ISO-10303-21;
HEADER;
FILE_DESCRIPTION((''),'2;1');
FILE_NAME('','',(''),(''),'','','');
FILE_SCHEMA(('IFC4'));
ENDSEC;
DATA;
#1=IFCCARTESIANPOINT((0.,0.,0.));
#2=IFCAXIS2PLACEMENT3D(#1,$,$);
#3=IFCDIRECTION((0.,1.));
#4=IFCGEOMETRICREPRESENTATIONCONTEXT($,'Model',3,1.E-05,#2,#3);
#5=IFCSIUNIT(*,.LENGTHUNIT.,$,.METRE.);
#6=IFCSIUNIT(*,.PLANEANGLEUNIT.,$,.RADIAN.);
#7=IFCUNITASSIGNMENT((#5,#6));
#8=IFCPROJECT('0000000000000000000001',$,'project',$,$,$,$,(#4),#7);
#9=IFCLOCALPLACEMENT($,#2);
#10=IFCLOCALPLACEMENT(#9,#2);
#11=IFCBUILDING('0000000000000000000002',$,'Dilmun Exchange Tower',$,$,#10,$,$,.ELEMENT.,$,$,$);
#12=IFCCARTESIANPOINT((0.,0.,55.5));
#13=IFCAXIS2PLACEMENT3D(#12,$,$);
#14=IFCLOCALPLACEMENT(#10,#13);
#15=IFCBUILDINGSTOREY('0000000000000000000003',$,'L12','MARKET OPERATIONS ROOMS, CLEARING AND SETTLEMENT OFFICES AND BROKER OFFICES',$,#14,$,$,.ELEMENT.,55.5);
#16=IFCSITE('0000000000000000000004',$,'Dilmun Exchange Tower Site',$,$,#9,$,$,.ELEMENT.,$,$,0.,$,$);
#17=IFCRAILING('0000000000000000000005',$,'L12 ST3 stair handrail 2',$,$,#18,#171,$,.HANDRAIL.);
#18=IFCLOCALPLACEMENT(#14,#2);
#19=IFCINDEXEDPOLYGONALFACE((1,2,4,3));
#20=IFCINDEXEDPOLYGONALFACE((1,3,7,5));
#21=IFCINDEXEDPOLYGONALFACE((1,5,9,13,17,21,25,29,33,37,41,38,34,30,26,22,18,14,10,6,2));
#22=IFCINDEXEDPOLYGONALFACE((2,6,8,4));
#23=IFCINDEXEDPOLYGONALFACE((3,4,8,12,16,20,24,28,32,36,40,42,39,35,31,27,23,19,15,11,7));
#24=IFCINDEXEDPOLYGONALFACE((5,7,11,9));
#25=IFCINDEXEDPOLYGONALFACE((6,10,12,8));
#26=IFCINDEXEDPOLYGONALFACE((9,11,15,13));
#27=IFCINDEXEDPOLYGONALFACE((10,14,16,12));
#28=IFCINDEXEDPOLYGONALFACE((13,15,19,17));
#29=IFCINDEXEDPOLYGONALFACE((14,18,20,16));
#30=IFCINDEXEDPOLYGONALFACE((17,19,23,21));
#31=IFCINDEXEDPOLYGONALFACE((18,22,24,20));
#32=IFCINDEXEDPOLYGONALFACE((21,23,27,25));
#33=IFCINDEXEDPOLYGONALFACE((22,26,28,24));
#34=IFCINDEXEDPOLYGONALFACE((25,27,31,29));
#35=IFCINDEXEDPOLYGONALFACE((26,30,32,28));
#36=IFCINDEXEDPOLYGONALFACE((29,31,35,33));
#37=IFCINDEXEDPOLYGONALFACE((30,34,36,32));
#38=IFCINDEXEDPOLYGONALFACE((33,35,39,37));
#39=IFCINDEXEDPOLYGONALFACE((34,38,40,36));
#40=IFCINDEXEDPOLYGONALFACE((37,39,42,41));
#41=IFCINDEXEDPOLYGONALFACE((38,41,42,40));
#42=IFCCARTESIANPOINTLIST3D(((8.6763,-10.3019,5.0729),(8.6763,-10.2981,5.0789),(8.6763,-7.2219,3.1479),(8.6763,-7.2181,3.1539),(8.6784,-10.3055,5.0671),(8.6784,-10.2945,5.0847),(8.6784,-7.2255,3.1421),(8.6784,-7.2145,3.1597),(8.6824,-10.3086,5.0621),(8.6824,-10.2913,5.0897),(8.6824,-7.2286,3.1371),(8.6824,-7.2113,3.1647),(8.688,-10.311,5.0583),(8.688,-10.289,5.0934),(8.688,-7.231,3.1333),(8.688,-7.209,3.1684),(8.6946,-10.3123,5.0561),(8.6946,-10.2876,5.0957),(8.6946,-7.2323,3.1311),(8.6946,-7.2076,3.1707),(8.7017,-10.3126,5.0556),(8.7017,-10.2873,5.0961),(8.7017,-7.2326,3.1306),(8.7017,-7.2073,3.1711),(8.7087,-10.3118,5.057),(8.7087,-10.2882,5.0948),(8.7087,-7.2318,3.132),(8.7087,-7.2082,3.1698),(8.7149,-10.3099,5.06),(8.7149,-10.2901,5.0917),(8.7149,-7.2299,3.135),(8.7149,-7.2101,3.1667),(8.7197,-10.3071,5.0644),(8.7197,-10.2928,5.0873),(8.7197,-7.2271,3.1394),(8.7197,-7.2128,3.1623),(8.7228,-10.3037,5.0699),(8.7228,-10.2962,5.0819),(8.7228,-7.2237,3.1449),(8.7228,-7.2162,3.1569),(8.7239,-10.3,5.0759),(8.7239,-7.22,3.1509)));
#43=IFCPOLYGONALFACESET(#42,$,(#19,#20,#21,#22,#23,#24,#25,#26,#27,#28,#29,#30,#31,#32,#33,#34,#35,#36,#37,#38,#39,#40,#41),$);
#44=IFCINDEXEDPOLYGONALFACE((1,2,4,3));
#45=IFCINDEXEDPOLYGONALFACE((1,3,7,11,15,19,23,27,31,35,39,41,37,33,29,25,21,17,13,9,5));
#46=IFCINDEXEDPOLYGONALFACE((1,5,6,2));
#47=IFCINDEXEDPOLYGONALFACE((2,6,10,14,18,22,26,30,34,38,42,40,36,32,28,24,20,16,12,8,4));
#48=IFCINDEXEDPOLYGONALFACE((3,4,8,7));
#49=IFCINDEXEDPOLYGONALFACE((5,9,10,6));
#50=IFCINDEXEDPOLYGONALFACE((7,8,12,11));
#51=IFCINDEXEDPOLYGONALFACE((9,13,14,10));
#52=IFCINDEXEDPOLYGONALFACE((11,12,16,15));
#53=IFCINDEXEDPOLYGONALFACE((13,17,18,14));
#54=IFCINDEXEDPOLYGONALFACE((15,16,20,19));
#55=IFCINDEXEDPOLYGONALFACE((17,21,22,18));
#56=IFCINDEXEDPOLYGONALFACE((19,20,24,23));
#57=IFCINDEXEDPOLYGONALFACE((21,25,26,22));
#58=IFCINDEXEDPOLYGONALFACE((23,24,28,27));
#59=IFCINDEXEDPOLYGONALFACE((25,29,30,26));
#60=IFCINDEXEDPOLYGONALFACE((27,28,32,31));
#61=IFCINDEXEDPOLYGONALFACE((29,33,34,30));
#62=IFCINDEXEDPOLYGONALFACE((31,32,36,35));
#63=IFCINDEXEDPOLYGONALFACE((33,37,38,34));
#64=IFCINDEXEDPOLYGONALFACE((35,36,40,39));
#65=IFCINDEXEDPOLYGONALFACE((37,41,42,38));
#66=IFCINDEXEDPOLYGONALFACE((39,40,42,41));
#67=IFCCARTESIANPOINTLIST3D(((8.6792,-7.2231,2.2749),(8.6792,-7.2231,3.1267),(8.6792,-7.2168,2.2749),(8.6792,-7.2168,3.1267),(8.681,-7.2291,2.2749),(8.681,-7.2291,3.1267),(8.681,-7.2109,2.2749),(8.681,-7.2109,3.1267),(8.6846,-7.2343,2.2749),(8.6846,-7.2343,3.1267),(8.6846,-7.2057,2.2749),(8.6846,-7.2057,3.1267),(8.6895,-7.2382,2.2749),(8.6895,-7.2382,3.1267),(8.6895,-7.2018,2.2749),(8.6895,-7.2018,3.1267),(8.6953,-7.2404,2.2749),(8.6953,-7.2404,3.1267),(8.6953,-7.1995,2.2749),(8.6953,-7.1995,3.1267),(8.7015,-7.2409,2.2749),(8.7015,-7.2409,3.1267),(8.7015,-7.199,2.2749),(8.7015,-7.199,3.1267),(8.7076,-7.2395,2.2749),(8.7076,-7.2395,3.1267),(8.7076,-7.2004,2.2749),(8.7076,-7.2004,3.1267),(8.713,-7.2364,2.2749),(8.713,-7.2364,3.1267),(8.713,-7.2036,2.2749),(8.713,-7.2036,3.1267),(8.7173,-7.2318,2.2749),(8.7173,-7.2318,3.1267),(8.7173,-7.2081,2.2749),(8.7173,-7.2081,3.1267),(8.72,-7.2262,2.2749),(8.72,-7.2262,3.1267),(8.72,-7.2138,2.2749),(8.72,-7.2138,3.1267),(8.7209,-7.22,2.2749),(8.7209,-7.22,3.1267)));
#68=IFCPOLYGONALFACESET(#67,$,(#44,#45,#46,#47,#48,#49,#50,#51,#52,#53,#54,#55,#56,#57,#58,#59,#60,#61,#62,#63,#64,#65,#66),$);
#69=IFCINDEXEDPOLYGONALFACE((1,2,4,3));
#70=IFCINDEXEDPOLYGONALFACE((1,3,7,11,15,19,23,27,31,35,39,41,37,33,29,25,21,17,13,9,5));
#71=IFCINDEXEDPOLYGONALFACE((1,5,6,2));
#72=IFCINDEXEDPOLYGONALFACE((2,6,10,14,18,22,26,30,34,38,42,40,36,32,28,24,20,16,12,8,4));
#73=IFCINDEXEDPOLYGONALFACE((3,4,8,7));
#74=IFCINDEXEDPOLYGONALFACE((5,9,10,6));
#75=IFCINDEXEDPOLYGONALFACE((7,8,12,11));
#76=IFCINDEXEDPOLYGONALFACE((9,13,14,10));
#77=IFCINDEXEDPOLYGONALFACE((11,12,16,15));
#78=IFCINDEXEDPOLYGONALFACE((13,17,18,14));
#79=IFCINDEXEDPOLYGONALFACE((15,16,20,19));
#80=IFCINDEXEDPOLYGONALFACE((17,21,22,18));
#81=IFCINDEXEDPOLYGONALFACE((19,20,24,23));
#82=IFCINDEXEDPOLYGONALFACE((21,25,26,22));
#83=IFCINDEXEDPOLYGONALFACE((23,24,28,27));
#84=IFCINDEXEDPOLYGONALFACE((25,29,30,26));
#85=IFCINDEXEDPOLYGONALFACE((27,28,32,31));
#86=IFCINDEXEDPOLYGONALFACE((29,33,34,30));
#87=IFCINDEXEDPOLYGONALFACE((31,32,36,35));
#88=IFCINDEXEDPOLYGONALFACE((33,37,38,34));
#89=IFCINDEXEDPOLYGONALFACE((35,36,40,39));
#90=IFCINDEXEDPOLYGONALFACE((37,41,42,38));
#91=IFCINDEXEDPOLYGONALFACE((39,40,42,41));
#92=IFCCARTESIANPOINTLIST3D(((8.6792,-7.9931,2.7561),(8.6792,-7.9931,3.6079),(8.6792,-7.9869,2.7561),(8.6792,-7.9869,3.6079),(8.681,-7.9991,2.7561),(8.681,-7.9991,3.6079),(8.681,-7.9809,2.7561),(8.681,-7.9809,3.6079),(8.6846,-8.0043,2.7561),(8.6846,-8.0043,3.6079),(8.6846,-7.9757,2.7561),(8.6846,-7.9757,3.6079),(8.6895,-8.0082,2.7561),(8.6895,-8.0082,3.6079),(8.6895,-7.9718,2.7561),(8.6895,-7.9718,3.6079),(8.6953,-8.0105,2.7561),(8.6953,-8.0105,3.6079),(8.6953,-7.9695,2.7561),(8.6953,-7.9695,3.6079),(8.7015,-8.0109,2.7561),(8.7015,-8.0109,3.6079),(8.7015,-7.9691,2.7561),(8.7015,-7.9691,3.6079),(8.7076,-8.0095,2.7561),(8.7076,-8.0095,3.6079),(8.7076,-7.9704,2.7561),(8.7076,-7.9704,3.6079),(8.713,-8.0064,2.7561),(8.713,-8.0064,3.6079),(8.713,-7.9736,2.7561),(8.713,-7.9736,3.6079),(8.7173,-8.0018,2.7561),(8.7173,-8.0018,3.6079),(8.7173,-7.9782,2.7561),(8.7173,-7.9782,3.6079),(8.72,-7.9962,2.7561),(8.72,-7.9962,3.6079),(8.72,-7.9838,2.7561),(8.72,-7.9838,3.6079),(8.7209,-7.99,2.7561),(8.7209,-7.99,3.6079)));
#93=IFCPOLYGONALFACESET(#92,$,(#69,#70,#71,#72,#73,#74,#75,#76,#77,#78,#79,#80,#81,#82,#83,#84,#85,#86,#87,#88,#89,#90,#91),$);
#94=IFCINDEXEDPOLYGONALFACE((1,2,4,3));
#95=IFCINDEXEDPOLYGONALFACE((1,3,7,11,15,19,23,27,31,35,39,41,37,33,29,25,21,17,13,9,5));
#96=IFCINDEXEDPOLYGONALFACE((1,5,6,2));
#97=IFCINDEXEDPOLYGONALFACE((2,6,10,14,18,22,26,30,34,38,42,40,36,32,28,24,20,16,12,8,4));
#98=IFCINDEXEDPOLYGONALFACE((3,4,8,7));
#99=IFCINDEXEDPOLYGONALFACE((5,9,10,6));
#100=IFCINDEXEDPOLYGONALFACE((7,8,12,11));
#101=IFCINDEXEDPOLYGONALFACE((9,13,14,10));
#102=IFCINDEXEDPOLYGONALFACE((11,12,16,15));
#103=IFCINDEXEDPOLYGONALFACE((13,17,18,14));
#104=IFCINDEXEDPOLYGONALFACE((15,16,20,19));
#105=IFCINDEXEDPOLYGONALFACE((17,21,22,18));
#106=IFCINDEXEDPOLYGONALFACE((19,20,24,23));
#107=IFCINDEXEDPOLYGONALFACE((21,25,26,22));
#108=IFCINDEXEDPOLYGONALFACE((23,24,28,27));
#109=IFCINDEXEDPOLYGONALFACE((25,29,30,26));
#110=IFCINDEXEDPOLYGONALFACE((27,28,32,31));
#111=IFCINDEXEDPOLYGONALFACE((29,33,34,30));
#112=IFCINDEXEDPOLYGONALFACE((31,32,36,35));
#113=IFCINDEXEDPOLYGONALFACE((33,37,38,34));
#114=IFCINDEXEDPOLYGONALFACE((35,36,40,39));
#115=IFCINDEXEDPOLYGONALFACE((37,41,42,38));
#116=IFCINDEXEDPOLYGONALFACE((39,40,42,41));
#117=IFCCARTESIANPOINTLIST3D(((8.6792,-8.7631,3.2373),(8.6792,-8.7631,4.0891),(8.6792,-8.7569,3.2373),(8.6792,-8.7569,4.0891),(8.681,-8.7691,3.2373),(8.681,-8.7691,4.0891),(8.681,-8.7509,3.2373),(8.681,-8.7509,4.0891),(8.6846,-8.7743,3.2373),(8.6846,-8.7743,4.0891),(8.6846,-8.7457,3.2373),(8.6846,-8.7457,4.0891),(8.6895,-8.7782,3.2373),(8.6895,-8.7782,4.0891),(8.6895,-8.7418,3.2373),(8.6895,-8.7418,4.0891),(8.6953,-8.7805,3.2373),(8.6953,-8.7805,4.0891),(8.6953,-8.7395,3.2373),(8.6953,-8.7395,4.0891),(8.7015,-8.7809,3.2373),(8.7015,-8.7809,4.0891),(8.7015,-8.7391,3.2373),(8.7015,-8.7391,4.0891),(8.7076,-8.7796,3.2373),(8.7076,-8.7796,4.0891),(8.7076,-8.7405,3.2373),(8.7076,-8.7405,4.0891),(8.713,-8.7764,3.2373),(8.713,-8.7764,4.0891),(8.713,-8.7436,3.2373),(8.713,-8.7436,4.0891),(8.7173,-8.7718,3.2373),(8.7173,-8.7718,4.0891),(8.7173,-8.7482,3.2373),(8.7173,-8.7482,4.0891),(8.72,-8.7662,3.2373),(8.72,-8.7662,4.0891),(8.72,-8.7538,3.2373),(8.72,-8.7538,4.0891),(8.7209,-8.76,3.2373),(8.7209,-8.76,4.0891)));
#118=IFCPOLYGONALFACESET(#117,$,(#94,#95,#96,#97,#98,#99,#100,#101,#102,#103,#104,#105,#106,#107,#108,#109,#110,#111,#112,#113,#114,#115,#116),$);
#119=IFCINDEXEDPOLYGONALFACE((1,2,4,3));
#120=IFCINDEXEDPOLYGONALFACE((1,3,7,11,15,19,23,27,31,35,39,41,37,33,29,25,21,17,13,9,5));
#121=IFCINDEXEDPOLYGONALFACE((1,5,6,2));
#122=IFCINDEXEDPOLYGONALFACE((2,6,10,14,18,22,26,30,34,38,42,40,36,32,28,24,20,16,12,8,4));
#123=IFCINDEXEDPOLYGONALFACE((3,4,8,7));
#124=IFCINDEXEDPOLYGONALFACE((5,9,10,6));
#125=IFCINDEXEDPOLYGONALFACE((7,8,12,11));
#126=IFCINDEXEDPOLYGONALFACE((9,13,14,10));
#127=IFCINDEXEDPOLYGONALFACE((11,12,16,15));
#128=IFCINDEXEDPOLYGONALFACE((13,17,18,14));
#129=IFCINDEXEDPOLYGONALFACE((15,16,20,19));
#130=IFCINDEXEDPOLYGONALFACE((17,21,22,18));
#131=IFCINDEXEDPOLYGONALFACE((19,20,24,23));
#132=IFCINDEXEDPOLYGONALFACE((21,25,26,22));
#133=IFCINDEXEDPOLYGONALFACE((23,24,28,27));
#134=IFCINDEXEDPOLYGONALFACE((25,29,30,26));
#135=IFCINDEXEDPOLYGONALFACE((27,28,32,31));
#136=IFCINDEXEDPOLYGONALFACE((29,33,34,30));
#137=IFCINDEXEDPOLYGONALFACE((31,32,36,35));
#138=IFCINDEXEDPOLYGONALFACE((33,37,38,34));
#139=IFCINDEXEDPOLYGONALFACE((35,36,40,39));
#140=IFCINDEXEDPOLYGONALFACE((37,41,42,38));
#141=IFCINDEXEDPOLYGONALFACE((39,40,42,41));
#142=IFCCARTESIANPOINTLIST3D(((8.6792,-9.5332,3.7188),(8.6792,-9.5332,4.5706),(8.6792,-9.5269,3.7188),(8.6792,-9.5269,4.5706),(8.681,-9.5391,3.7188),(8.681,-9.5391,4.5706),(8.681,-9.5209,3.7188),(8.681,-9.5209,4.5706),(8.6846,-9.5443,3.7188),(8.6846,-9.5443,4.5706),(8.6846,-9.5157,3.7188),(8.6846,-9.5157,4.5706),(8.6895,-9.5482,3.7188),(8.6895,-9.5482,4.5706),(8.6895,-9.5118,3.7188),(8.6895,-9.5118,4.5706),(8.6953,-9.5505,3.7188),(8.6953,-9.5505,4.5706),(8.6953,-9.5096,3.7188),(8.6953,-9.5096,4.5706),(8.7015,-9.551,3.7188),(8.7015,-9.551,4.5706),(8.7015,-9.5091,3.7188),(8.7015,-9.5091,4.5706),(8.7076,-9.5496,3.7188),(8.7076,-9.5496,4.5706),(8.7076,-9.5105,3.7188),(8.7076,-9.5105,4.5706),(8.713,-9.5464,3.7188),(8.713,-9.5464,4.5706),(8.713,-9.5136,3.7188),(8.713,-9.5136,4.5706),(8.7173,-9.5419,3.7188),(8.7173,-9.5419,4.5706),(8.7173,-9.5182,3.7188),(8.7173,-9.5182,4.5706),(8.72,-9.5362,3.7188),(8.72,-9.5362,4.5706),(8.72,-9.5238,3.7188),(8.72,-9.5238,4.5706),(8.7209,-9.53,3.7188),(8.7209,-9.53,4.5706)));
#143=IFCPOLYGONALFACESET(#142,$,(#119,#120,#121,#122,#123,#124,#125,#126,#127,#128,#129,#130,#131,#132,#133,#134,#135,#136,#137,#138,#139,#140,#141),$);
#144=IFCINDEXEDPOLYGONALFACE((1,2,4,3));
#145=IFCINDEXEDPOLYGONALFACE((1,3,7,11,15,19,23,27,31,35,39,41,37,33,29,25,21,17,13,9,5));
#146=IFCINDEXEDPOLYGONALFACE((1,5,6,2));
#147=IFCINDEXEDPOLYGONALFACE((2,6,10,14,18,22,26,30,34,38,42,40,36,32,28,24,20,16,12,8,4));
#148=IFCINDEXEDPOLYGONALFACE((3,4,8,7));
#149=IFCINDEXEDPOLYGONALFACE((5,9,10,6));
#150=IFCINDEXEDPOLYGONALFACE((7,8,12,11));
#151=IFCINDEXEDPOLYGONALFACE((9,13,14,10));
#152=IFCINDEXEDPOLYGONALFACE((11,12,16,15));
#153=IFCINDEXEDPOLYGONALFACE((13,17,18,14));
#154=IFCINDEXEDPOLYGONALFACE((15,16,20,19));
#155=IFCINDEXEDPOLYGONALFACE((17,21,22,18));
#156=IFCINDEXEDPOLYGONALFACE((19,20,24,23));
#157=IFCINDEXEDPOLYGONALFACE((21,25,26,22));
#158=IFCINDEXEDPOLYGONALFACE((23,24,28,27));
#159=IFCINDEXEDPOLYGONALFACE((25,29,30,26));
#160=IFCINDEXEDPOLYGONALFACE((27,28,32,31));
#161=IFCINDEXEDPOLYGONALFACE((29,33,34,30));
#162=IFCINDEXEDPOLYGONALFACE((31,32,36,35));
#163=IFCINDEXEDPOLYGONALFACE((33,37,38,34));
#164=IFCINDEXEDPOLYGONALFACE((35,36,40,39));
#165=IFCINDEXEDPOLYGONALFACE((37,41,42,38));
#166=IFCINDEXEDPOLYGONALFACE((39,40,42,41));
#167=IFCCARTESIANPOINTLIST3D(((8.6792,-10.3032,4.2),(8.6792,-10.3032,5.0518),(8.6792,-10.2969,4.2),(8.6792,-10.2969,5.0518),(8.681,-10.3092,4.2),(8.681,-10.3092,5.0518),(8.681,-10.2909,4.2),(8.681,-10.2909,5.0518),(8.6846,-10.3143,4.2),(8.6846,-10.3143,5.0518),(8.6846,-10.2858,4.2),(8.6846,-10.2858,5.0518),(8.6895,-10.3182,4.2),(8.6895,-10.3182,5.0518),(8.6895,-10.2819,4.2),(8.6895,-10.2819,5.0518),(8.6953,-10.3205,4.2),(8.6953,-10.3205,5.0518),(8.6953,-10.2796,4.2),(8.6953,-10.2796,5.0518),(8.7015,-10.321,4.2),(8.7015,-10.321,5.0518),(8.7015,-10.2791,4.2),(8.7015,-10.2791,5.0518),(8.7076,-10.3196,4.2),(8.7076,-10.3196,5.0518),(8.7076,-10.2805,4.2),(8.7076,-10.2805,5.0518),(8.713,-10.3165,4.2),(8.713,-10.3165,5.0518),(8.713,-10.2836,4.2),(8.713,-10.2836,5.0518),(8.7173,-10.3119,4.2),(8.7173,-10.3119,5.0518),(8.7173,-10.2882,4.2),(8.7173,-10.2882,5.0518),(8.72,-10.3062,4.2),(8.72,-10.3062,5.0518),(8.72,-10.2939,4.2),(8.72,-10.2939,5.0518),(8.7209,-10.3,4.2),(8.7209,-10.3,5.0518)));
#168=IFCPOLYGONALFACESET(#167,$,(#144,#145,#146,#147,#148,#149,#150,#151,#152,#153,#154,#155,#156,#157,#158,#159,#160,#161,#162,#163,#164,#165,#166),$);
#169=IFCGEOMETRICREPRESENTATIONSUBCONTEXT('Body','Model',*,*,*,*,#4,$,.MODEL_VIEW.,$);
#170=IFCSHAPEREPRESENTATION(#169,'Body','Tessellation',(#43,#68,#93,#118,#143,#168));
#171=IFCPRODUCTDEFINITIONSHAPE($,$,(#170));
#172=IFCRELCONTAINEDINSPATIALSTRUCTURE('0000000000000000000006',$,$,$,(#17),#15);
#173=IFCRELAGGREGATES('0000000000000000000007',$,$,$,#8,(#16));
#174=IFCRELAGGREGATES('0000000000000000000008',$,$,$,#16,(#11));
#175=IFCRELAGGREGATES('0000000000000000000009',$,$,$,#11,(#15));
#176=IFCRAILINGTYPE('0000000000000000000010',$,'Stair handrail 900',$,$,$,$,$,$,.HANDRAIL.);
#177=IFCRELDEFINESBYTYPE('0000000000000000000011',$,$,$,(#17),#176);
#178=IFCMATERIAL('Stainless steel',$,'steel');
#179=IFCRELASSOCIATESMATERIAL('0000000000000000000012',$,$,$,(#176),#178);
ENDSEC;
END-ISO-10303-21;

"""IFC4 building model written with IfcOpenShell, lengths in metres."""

from ifc_helpers import new_model, si_unit, direction, frame, origin, origin_2d, place, context, subcontext, project, spatial, circle, extrude, material, type_object, element, save


model = new_model("IFC4")

# Units and contexts
model_context = context("Model", 3, precision=1e-05, world=origin(), true_north=direction((0.0, 1.0)))
body_context = subcontext(model_context, "Body", "Model", "MODEL_VIEW")
ifc_project = project(units=[si_unit("LENGTHUNIT", "METRE"), si_unit("PLANEANGLEUNIT", "RADIAN")], contexts=[model_context])

# Site, building, storey
site_placement = place(None, origin())
site = spatial("IfcSite", under=ifc_project, at=site_placement, Name="Dilmun Exchange Tower Site", CompositionType="ELEMENT", RefElevation=0.0)
building_placement = place(site_placement, origin())
building = spatial("IfcBuilding", under=site, at=building_placement, Name="Dilmun Exchange Tower", CompositionType="ELEMENT")
storey_placement = place(building_placement, frame((0.0, 0.0, 55.5)))
storey = spatial("IfcBuildingStorey", under=building, at=storey_placement, Name="L12", Description="MARKET OPERATIONS ROOMS, CLEARING AND SETTLEMENT OFFICES AND BROKER OFFICES", CompositionType="ELEMENT", Elevation=55.5)

# Railing
ifc_material_1 = material(Name="Stainless steel", Category="steel")
railing_type = type_object("IfcRailingType", Name="Stair handrail 900", PredefinedType="HANDRAIL", material=ifc_material_1)
railing_placement = place(storey_placement, frame((8.7, -7.22, 2.2749)))
element("IfcRailing", 1, at=railing_placement, inside=storey, type_object=railing_type, Name="L12 ST3 stair handrail 2", PredefinedType="HANDRAIL", context=body_context, shape_type="SweptSolid", body=[
    extrude(circle(Radius=0.0239, at=origin_2d()), frame((0.0, 0.0, 0.876), z_axis=(0.0, -0.847998, 0.529999), x_axis=(1.0, 0.0, 0.0)), (0.0, 0.0, 1.0), 3.6321),
    extrude(circle(Radius=0.021, at=origin_2d()), origin(), (0.0, 0.0, 1.0), 0.8518),
    extrude(circle(Radius=0.021, at=origin_2d()), frame((0.0, -0.77, 0.4812)), (0.0, 0.0, 1.0), 0.8518),
    extrude(circle(Radius=0.021, at=origin_2d()), frame((0.0, -1.54, 0.9624)), (0.0, 0.0, 1.0), 0.8518),
    extrude(circle(Radius=0.021, at=origin_2d()), frame((0.0, -2.3101, 1.4438)), (0.0, 0.0, 1.0), 0.8518),
    extrude(circle(Radius=0.021, at=origin_2d()), frame((0.0, -3.0801, 1.925)), (0.0, 0.0, 1.0), 0.8518),
])

save(model, "model.ifc")
